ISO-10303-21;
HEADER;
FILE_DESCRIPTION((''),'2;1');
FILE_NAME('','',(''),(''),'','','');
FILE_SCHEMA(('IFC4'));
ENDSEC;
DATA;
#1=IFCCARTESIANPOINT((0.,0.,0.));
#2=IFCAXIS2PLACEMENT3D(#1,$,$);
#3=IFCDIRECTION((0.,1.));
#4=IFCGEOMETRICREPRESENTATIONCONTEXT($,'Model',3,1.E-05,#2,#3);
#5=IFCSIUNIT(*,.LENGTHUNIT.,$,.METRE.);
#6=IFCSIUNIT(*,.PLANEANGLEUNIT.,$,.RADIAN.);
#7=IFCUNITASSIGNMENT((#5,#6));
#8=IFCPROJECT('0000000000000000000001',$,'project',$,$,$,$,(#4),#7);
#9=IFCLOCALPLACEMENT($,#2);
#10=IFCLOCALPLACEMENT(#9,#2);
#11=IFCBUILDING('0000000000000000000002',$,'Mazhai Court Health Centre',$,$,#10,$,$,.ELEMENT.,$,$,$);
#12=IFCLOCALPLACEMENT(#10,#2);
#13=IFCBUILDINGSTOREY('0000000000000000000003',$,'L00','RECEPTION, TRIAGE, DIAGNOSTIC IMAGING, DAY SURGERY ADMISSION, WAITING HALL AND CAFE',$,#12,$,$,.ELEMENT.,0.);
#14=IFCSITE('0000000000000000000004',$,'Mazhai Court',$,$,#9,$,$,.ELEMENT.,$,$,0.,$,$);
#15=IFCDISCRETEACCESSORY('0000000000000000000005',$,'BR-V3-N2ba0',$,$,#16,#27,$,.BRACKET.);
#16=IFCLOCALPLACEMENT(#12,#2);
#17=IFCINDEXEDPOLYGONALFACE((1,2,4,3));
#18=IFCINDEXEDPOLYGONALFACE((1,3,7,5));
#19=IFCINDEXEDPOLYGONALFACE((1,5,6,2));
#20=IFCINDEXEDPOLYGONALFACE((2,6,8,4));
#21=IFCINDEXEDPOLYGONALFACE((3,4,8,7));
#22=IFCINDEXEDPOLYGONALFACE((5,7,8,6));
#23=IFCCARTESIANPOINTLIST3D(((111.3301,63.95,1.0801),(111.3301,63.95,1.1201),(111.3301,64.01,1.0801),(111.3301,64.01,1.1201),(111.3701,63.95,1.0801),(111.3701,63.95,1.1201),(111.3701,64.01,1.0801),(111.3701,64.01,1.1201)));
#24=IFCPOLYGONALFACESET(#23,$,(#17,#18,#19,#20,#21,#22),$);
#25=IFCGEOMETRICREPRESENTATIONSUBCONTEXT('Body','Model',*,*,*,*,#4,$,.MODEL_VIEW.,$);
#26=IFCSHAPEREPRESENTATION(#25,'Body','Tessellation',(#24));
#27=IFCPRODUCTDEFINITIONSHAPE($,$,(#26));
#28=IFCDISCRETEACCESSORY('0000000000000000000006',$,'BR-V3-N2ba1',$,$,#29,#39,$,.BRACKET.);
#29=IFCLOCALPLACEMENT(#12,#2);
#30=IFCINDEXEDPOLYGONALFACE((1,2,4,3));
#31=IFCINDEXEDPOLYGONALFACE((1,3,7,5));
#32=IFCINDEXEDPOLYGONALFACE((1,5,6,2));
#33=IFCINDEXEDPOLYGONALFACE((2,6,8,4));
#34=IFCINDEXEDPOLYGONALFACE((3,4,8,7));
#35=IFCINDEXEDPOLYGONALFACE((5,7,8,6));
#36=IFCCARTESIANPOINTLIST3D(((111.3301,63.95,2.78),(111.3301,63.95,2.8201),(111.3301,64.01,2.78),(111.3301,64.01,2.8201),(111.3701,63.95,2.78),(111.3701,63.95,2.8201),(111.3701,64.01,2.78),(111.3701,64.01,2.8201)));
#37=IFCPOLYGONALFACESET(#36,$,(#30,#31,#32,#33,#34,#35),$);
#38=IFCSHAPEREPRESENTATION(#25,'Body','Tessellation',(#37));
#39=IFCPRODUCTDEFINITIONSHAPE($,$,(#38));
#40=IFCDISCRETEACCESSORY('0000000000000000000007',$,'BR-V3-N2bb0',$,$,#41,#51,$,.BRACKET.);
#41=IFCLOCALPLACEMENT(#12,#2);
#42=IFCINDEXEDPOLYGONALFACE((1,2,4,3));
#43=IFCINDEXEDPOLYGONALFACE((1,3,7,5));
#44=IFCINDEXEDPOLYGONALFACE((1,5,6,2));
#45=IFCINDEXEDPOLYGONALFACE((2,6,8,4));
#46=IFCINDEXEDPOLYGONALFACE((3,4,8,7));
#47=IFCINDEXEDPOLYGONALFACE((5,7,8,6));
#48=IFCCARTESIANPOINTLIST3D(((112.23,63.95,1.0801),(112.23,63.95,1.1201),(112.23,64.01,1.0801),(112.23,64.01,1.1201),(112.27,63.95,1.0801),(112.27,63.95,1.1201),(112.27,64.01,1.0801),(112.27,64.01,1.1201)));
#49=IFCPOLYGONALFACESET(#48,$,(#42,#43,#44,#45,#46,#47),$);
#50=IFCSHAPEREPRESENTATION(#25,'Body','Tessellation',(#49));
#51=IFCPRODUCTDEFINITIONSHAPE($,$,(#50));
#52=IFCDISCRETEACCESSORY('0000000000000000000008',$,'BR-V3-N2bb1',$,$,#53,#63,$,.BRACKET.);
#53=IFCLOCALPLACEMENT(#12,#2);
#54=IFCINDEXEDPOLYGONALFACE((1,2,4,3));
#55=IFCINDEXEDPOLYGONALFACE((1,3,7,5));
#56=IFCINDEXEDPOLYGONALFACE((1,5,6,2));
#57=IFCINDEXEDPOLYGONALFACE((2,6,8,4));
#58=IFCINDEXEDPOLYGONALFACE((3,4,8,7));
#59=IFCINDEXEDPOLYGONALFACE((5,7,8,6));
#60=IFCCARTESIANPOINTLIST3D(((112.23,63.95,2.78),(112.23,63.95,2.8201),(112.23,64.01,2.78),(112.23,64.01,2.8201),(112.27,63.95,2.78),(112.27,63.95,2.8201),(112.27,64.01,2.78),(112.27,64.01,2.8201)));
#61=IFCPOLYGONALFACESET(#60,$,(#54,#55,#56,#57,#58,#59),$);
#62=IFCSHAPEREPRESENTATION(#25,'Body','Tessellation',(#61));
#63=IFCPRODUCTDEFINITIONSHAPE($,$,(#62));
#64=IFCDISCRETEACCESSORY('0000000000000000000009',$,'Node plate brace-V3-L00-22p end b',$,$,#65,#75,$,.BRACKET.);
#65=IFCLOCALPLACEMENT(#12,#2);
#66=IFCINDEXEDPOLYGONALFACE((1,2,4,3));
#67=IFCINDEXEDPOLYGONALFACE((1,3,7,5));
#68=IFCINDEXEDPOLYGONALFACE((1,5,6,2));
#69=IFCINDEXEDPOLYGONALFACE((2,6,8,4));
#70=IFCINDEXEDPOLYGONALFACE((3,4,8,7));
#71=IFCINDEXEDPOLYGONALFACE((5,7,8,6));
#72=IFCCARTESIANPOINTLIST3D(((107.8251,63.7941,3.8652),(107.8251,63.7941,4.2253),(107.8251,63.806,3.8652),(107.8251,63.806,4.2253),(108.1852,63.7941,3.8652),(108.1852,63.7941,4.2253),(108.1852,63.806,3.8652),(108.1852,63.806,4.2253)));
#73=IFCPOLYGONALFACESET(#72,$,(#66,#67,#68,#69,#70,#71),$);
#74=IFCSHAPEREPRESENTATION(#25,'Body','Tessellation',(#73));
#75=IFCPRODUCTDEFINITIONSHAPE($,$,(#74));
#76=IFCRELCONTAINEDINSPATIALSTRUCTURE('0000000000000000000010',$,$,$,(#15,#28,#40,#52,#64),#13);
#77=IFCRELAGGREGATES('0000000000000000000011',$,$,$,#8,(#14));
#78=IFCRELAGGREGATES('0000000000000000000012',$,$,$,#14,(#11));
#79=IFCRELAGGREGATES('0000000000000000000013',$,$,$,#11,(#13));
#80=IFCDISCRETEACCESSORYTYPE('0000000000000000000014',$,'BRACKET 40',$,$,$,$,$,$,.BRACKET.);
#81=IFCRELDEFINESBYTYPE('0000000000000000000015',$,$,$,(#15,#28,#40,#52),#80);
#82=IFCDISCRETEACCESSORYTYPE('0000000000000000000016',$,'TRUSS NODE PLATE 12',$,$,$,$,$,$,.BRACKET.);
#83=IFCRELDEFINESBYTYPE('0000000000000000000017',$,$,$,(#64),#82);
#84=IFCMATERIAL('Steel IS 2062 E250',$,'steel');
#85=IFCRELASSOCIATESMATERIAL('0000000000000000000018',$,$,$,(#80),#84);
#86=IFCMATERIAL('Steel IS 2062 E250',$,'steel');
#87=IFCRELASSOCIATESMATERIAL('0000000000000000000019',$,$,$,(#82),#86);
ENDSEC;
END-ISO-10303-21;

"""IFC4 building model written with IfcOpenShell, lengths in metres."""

from ifc_helpers import new_model, si_unit, direction, frame, origin, origin_2d, place, context, subcontext, project, spatial, rectangle, extrude, material, type_object, element, save


model = new_model("IFC4")

# Units and contexts
model_context = context("Model", 3, precision=1e-05, world=origin(), true_north=direction((0.0, 1.0)))
body_context = subcontext(model_context, "Body", "Model", "MODEL_VIEW")
ifc_project = project(units=[si_unit("LENGTHUNIT", "METRE"), si_unit("PLANEANGLEUNIT", "RADIAN")], contexts=[model_context])

# Site, building, storey
site_placement = place(None, origin())
site = spatial("IfcSite", under=ifc_project, at=site_placement, Name="Mazhai Court", CompositionType="ELEMENT", RefElevation=0.0)
building_placement = place(site_placement, origin())
building = spatial("IfcBuilding", under=site, at=building_placement, Name="Mazhai Court Health Centre", CompositionType="ELEMENT")
storey_placement = place(building_placement, origin())
storey = spatial("IfcBuildingStorey", under=building, at=storey_placement, Name="L00", Description="RECEPTION, TRIAGE, DIAGNOSTIC IMAGING, DAY SURGERY ADMISSION, WAITING HALL AND CAFE", CompositionType="ELEMENT", Elevation=0.0)

# Discrete accessories
ifc_material_1 = material(Name="Steel IS 2062 E250", Category="steel")
discrete_accessory_type_1 = type_object("IfcDiscreteAccessoryType", Name="BRACKET 40", PredefinedType="BRACKET", material=ifc_material_1)
for number, where, z_axis, x_axis, name in (
    (1, (111.3501, 63.98, 1.0801), (0.0, 0.0, 1.0), (1.0, 0.0, 0.0), "BR-V3-N2ba0"),
    (2, (111.3501, 63.98, 2.78), (0.0, 0.0, 1.0), (1.0, 0.0, 0.0), "BR-V3-N2ba1"),
    (3, (112.25, 63.98, 1.0801), (0.0, 0.0, 1.0), (1.0, 0.0, 0.0), "BR-V3-N2bb0"),
    (4, (112.25, 63.98, 2.78), (0.0, 0.0, 1.0), (1.0, 0.0, 0.0), "BR-V3-N2bb1"),
):
    element("IfcDiscreteAccessory", number, at=place(storey_placement, frame(where, z_axis=z_axis, x_axis=x_axis)), inside=storey, type_object=discrete_accessory_type_1, Name=name, PredefinedType="BRACKET", context=body_context, shape_type="SweptSolid", body=[
        extrude(rectangle(XDim=0.04, YDim=0.0601, at=origin_2d()), origin(), (0.0, 0.0, 1.0), 0.04),
    ])
ifc_material_2 = material(Name="Steel IS 2062 E250", Category="steel")
discrete_accessory_type_2 = type_object("IfcDiscreteAccessoryType", Name="TRUSS NODE PLATE 12", PredefinedType="BRACKET", material=ifc_material_2)
discrete_accessory_placement = place(storey_placement, frame((108.0051, 63.8, 3.8652), z_axis=(0.0, 0.0, 1.0), x_axis=(1.0, 0.0, 0.0)))
element("IfcDiscreteAccessory", 5, at=discrete_accessory_placement, inside=storey, type_object=discrete_accessory_type_2, Name="Node plate brace-V3-L00-22p end b", PredefinedType="BRACKET", context=body_context, shape_type="SweptSolid", body=[
    extrude(rectangle(XDim=0.3601, YDim=0.012, at=origin_2d()), origin(), (0.0, 0.0, 1.0), 0.3601),
])

save(model, "model.ifc")
